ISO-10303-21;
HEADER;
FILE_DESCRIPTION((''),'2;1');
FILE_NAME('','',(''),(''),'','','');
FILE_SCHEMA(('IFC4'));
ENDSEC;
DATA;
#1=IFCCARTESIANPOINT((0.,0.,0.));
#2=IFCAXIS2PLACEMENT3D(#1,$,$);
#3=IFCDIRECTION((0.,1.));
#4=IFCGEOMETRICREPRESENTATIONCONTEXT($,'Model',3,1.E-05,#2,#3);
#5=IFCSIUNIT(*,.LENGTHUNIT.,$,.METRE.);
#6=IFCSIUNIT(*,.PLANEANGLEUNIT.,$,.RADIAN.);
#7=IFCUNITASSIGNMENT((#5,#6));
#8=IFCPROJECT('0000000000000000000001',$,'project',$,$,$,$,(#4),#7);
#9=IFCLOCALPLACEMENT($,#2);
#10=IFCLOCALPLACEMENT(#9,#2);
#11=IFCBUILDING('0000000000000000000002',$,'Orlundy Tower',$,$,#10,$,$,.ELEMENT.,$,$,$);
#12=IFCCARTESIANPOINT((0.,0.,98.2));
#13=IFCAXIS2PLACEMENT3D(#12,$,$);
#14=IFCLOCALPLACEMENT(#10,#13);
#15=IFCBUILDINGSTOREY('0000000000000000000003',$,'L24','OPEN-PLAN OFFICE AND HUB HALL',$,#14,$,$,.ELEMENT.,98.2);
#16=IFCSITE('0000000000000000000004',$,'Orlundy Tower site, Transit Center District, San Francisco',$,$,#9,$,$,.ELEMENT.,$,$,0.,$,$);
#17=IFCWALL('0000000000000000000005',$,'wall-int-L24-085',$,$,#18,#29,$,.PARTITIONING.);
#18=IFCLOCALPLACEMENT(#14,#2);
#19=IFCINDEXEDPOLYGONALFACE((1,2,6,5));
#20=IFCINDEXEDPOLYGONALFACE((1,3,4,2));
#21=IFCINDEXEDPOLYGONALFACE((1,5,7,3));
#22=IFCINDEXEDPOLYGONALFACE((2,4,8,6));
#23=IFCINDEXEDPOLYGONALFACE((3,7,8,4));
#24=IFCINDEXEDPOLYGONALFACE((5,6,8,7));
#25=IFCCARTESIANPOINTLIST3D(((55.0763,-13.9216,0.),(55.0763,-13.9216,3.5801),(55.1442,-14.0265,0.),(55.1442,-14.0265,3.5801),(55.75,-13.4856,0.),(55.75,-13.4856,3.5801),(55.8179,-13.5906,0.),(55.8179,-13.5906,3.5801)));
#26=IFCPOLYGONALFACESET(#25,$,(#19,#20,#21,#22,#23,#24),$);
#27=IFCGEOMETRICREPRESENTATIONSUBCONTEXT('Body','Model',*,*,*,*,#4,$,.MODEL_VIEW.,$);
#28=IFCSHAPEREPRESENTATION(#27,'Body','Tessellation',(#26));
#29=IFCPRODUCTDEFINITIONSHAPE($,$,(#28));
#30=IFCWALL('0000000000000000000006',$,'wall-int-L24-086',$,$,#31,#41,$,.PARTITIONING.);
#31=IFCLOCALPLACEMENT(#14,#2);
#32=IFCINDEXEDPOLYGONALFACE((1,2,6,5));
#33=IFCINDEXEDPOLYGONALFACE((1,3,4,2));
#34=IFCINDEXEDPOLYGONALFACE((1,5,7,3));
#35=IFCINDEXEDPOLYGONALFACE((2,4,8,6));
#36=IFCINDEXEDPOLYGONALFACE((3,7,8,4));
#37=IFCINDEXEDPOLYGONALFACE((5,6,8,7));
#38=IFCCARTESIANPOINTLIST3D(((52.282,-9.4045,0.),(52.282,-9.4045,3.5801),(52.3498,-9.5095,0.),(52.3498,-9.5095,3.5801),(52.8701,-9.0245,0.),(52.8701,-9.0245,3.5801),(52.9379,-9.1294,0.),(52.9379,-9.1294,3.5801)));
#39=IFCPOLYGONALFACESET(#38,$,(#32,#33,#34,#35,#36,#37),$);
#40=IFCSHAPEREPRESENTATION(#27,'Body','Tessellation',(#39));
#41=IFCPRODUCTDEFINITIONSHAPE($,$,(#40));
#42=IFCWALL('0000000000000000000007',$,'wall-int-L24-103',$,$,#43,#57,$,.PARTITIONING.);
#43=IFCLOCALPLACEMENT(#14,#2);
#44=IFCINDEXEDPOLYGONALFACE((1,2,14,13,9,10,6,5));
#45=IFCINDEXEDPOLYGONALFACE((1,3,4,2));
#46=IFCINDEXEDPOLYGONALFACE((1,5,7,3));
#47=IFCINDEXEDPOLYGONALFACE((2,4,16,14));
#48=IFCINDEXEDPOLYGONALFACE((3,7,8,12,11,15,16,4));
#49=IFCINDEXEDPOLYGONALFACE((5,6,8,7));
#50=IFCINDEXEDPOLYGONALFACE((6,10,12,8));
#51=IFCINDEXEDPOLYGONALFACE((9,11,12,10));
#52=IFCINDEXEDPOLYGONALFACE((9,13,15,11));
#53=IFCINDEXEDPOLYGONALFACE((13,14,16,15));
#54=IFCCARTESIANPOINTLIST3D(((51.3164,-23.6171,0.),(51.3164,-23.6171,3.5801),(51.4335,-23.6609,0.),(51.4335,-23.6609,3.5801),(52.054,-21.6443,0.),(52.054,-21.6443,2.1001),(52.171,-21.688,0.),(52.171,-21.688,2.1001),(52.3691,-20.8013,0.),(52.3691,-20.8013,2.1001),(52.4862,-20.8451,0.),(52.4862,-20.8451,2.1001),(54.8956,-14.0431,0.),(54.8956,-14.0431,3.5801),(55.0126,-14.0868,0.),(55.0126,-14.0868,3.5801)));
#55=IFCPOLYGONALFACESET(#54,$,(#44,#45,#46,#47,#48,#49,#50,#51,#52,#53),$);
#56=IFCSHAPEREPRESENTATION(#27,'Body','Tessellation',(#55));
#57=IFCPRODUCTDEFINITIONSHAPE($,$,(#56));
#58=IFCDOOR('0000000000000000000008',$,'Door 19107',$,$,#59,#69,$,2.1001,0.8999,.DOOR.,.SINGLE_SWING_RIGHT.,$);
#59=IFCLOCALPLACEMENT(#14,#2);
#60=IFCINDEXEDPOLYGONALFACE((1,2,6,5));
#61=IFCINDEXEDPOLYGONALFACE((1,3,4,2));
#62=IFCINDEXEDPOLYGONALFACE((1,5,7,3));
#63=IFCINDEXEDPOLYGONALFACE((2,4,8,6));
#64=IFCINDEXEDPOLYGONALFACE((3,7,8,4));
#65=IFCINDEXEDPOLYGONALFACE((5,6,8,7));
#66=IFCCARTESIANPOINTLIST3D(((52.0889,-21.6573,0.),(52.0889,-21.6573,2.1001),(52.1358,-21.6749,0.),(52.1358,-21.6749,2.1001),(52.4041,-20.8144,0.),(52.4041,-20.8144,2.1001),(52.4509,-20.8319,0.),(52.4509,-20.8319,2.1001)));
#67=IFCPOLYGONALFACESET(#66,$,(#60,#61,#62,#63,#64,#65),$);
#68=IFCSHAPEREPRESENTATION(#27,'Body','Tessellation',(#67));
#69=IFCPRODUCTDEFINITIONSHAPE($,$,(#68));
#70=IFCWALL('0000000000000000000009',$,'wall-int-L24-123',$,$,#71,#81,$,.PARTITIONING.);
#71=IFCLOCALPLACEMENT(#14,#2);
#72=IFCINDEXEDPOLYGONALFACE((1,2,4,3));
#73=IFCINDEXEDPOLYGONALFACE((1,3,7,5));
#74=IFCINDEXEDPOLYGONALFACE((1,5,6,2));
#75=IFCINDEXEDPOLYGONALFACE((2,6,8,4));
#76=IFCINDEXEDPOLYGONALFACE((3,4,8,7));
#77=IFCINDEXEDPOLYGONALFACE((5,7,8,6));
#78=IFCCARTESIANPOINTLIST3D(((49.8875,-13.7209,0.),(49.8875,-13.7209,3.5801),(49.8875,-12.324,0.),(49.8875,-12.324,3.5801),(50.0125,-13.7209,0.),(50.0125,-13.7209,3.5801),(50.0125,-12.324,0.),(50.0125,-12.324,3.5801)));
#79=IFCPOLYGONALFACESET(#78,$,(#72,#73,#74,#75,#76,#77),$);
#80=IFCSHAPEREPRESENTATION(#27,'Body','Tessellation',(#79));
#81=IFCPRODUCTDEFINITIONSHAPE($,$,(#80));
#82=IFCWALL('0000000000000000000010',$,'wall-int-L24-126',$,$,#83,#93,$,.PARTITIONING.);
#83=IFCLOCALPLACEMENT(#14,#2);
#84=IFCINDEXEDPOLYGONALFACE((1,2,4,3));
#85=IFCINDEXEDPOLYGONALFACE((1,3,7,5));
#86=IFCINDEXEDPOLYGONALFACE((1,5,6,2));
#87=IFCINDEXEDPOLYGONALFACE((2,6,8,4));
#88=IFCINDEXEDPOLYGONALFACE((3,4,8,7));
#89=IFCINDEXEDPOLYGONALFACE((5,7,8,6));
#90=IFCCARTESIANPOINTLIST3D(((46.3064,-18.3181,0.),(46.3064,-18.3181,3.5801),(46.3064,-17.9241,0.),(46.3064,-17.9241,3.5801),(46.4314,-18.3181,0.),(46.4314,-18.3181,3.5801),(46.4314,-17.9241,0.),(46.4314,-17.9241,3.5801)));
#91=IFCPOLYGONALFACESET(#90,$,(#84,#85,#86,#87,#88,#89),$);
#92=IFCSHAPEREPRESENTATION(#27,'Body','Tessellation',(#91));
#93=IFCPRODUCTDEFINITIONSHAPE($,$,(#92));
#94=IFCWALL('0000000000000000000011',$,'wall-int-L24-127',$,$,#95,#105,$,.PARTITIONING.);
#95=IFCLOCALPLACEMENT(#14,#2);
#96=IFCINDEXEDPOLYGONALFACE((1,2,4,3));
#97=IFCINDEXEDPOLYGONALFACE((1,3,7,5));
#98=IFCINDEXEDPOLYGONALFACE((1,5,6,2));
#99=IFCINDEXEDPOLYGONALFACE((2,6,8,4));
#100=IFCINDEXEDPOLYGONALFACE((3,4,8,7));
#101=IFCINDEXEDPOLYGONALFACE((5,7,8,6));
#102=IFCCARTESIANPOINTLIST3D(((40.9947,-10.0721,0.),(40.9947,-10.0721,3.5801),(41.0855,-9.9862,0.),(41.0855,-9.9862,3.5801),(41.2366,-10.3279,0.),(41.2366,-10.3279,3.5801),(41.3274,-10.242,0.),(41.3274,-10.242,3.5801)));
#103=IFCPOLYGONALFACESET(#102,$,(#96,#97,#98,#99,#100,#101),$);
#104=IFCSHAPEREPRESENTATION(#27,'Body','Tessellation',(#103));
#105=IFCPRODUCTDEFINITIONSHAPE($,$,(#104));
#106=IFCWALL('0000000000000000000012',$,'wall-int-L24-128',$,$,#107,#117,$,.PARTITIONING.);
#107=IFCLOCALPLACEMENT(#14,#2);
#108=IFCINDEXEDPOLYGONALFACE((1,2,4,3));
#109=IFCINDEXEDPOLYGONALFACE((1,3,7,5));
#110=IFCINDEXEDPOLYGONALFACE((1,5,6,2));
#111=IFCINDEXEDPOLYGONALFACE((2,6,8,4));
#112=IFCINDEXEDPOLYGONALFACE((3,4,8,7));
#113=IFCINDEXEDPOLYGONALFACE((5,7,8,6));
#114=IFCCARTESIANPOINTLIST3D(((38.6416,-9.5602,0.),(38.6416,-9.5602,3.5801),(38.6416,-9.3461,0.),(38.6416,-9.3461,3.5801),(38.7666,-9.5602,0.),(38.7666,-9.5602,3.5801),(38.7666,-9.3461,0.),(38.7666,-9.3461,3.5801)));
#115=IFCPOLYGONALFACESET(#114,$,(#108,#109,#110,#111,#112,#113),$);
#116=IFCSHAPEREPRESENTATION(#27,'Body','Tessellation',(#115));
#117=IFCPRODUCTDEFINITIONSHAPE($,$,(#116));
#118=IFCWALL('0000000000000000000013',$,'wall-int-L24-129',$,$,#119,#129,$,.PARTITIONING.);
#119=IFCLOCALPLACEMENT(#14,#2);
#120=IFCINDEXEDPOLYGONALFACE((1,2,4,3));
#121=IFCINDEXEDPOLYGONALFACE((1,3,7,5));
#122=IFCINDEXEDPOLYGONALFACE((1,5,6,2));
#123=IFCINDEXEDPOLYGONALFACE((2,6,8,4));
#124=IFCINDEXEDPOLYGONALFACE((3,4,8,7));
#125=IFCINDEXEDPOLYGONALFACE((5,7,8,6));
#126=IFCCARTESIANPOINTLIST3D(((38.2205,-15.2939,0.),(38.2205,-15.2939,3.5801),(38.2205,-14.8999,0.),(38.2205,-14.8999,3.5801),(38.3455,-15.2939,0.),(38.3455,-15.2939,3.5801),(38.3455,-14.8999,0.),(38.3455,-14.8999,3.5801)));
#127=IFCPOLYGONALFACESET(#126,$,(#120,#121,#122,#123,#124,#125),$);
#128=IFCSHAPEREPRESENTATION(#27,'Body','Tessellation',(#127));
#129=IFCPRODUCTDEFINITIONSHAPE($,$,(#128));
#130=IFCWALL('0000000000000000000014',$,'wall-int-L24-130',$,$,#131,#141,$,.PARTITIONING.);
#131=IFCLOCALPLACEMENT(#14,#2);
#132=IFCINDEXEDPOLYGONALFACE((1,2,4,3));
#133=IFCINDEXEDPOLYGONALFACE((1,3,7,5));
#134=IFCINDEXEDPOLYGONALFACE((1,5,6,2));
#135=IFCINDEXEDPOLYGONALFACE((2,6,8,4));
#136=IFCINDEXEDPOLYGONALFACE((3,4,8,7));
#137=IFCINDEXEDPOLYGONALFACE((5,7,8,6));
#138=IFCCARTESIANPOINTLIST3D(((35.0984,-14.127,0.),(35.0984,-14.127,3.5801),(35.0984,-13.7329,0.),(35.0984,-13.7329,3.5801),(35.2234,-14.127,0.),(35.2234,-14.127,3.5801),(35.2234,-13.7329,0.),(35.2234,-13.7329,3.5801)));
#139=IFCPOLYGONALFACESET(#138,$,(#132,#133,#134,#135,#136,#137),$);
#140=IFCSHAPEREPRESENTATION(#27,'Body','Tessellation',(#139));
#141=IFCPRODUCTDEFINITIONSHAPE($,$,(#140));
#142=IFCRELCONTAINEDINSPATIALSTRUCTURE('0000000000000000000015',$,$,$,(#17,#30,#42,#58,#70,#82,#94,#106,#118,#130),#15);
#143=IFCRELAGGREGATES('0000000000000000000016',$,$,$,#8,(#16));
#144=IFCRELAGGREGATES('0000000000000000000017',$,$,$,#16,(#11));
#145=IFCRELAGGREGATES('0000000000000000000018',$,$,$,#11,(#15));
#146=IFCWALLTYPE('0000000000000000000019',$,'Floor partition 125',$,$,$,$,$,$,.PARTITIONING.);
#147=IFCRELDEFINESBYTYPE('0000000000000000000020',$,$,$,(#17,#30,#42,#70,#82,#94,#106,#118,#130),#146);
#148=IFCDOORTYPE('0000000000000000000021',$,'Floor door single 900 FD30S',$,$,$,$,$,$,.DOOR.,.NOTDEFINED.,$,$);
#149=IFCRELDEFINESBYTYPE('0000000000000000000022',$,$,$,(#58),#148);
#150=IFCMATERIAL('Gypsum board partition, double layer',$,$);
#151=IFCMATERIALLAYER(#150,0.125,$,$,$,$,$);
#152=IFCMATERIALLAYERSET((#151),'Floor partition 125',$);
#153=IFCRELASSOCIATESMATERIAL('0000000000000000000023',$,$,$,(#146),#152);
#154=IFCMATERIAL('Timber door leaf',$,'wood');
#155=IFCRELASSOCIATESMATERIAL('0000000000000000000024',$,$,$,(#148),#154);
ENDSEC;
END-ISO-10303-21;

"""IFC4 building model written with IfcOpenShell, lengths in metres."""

from ifc_helpers import new_model, si_unit, direction, frame, frame_2d, origin, place, context, subcontext, project, spatial, rectangle, extrude, material, layer, layer_set, type_object, element, fill, save


model = new_model("IFC4")

# Units and contexts
model_context = context("Model", 3, precision=1e-05, world=origin(), true_north=direction((0.0, 1.0)))
body_context = subcontext(model_context, "Body", "Model", "MODEL_VIEW")
ifc_project = project(units=[si_unit("LENGTHUNIT", "METRE"), si_unit("PLANEANGLEUNIT", "RADIAN")], contexts=[model_context])

# Site, building, storey
site_placement = place(None, origin())
site = spatial("IfcSite", under=ifc_project, at=site_placement, Name="Orlundy Tower site, Transit Center District, San Francisco", CompositionType="ELEMENT", RefElevation=0.0)
building_placement = place(site_placement, origin())
building = spatial("IfcBuilding", under=site, at=building_placement, Name="Orlundy Tower", CompositionType="ELEMENT")
storey_placement = place(building_placement, frame((0.0, 0.0, 98.2)))
storey = spatial("IfcBuildingStorey", under=building, at=storey_placement, Name="L24", Description="OPEN-PLAN OFFICE AND HUB HALL", CompositionType="ELEMENT", Elevation=98.2)

# Shared definitions
ifc_material_1 = material(Name="Gypsum board partition, double layer")
ifc_layer_1 = layer(ifc_material_1, 0.125)
ifc_layer_set_1 = layer_set([ifc_layer_1], Name="Floor partition 125")
wall_type = type_object("IfcWallType", Name="Floor partition 125", PredefinedType="PARTITIONING", material=ifc_layer_set_1)

# Shared definitions
ifc_material_2 = material(Name="Timber door leaf", Category="wood")
door_type_1 = type_object("IfcDoorType", Name="Floor door single 900 FD30S", OperationType="NOTDEFINED", PredefinedType="DOOR", material=ifc_material_2)

# Walls
wall_1_placement = place(storey_placement, frame((55.1101, -13.9741, 0.0), z_axis=(0.0, 0.0, 1.0), x_axis=(0.839554, 0.543277, 0.0)))
element("IfcWall", 1, at=wall_1_placement, inside=storey, type_object=wall_type, Name="wall-int-L24-085", PredefinedType="PARTITIONING", context=body_context, shape_type="SweptSolid", body=[
    extrude(rectangle(XDim=0.8025, YDim=0.125, at=frame_2d((0.4014, 0.0))), origin(), (0.0, 0.0, 1.0), 3.5801),
])
wall_2_placement = place(storey_placement, frame((52.3159, -9.457, 0.0), z_axis=(0.0, 0.0, 1.0), x_axis=(0.839851, 0.542818, 0.0)))
element("IfcWall", 2, at=wall_2_placement, inside=storey, type_object=wall_type, Name="wall-int-L24-086", PredefinedType="PARTITIONING", context=body_context, shape_type="SweptSolid", body=[
    extrude(rectangle(XDim=0.7002, YDim=0.125, at=frame_2d((0.3501, 0.0))), origin(), (0.0, 0.0, 1.0), 3.5801),
])

# Wall, opening, door
wall_3_placement = place(storey_placement, frame((54.9541, -14.0649, 0.0), z_axis=(0.0, 0.0, 1.0), x_axis=(-0.350168, -0.936687, 0.0)))
wall_3 = element("IfcWall", 3, at=wall_3_placement, inside=storey, type_object=wall_type, Name="wall-int-L24-103", PredefinedType="PARTITIONING", context=body_context, shape_type="SweptSolid", body=[
    extrude(rectangle(XDim=10.2212, YDim=0.125, at=frame_2d((5.1106, 0.0))), origin(), (0.0, 0.0, 1.0), 3.5801),
])
opening_1_placement = place(wall_3_placement, frame((7.2151, 0.0, 0.0)))
opening_1 = element("IfcOpeningElement", 4, at=opening_1_placement, cuts=wall_3, PredefinedType="OPENING", context=body_context, shape_type="SweptSolid", body=[
    extrude(rectangle(XDim=0.8999, YDim=2.1001, at=frame_2d((0.45, 1.05))), frame((0.0, 0.0725, 0.0), z_axis=(0.0, -1.0, 0.0), x_axis=(1.0, 0.0, 0.0)), (0.0, 0.0, 1.0), 0.145),
])
door_1_placement = place(opening_1_placement, origin())
door_1 = element("IfcDoor", 5, at=door_1_placement, inside=storey, type_object=door_type_1, Name="Door 19107", OperationType="SINGLE_SWING_RIGHT", OverallHeight=2.1001, OverallWidth=0.8999, PredefinedType="DOOR", context=body_context, shape_type="SweptSolid", body=[
    extrude(rectangle(XDim=0.8999, YDim=2.1001, at=frame_2d((0.45, 1.05))), frame((0.0, 0.0249, 0.0), z_axis=(0.0, -1.0, 0.0), x_axis=(1.0, 0.0, 0.0)), (0.0, 0.0, 1.0), 0.05),
])
fill(opening_1, door_1)

# Walls
wall_4_placement = place(storey_placement, frame((49.95, -13.7209, 0.0), z_axis=(0.0, 0.0, 1.0), x_axis=(0.0, 1.0, 0.0)))
element("IfcWall", 6, at=wall_4_placement, inside=storey, type_object=wall_type, Name="wall-int-L24-123", PredefinedType="PARTITIONING", context=body_context, shape_type="SweptSolid", body=[
    extrude(rectangle(XDim=1.397, YDim=0.125, at=frame_2d((0.6985, 0.0))), origin(), (0.0, 0.0, 1.0), 3.5801),
])
wall_5_placement = place(storey_placement, frame((46.3689, -18.3181, 0.0), z_axis=(0.0, 0.0, 1.0), x_axis=(0.0, 1.0, 0.0)))
element("IfcWall", 7, at=wall_5_placement, inside=storey, type_object=wall_type, Name="wall-int-L24-126", PredefinedType="PARTITIONING", context=body_context, shape_type="SweptSolid", body=[
    extrude(rectangle(XDim=0.394, YDim=0.125, at=frame_2d((0.197, 0.0))), origin(), (0.0, 0.0, 1.0), 3.5801),
])
wall_6_placement = place(storey_placement, frame((41.282, -10.2849, 0.0), z_axis=(0.0, 0.0, 1.0), x_axis=(-0.687071, 0.72659, 0.0)))
element("IfcWall", 8, at=wall_6_placement, inside=storey, type_object=wall_type, Name="wall-int-L24-127", PredefinedType="PARTITIONING", context=body_context, shape_type="SweptSolid", body=[
    extrude(rectangle(XDim=0.3521, YDim=0.125, at=frame_2d((0.176, 0.0))), origin(), (0.0, 0.0, 1.0), 3.5801),
])
wall_7_placement = place(storey_placement, frame((38.7041, -9.5601, 0.0), z_axis=(0.0, 0.0, 1.0), x_axis=(0.0, 1.0, 0.0)))
element("IfcWall", 9, at=wall_7_placement, inside=storey, type_object=wall_type, Name="wall-int-L24-128", PredefinedType="PARTITIONING", context=body_context, shape_type="SweptSolid", body=[
    extrude(rectangle(XDim=0.2141, YDim=0.125, at=frame_2d((0.1069, 0.0))), origin(), (0.0, 0.0, 1.0), 3.5801),
])
for number, where, z_axis, x_axis, name in (
    (10, (38.283, -15.2939, 0.0), (0.0, 0.0, 1.0), (0.0, 1.0, 0.0), "wall-int-L24-129"),
    (11, (35.1609, -14.127, 0.0), (0.0, 0.0, 1.0), (0.0, 1.0, 0.0), "wall-int-L24-130"),
):
    element("IfcWall", number, at=place(storey_placement, frame(where, z_axis=z_axis, x_axis=x_axis)), inside=storey, type_object=wall_type, Name=name, PredefinedType="PARTITIONING", context=body_context, shape_type="SweptSolid", body=[
        extrude(rectangle(XDim=0.394, YDim=0.125, at=frame_2d((0.197, 0.0))), origin(), (0.0, 0.0, 1.0), 3.5801),
    ])

save(model, "model.ifc")
